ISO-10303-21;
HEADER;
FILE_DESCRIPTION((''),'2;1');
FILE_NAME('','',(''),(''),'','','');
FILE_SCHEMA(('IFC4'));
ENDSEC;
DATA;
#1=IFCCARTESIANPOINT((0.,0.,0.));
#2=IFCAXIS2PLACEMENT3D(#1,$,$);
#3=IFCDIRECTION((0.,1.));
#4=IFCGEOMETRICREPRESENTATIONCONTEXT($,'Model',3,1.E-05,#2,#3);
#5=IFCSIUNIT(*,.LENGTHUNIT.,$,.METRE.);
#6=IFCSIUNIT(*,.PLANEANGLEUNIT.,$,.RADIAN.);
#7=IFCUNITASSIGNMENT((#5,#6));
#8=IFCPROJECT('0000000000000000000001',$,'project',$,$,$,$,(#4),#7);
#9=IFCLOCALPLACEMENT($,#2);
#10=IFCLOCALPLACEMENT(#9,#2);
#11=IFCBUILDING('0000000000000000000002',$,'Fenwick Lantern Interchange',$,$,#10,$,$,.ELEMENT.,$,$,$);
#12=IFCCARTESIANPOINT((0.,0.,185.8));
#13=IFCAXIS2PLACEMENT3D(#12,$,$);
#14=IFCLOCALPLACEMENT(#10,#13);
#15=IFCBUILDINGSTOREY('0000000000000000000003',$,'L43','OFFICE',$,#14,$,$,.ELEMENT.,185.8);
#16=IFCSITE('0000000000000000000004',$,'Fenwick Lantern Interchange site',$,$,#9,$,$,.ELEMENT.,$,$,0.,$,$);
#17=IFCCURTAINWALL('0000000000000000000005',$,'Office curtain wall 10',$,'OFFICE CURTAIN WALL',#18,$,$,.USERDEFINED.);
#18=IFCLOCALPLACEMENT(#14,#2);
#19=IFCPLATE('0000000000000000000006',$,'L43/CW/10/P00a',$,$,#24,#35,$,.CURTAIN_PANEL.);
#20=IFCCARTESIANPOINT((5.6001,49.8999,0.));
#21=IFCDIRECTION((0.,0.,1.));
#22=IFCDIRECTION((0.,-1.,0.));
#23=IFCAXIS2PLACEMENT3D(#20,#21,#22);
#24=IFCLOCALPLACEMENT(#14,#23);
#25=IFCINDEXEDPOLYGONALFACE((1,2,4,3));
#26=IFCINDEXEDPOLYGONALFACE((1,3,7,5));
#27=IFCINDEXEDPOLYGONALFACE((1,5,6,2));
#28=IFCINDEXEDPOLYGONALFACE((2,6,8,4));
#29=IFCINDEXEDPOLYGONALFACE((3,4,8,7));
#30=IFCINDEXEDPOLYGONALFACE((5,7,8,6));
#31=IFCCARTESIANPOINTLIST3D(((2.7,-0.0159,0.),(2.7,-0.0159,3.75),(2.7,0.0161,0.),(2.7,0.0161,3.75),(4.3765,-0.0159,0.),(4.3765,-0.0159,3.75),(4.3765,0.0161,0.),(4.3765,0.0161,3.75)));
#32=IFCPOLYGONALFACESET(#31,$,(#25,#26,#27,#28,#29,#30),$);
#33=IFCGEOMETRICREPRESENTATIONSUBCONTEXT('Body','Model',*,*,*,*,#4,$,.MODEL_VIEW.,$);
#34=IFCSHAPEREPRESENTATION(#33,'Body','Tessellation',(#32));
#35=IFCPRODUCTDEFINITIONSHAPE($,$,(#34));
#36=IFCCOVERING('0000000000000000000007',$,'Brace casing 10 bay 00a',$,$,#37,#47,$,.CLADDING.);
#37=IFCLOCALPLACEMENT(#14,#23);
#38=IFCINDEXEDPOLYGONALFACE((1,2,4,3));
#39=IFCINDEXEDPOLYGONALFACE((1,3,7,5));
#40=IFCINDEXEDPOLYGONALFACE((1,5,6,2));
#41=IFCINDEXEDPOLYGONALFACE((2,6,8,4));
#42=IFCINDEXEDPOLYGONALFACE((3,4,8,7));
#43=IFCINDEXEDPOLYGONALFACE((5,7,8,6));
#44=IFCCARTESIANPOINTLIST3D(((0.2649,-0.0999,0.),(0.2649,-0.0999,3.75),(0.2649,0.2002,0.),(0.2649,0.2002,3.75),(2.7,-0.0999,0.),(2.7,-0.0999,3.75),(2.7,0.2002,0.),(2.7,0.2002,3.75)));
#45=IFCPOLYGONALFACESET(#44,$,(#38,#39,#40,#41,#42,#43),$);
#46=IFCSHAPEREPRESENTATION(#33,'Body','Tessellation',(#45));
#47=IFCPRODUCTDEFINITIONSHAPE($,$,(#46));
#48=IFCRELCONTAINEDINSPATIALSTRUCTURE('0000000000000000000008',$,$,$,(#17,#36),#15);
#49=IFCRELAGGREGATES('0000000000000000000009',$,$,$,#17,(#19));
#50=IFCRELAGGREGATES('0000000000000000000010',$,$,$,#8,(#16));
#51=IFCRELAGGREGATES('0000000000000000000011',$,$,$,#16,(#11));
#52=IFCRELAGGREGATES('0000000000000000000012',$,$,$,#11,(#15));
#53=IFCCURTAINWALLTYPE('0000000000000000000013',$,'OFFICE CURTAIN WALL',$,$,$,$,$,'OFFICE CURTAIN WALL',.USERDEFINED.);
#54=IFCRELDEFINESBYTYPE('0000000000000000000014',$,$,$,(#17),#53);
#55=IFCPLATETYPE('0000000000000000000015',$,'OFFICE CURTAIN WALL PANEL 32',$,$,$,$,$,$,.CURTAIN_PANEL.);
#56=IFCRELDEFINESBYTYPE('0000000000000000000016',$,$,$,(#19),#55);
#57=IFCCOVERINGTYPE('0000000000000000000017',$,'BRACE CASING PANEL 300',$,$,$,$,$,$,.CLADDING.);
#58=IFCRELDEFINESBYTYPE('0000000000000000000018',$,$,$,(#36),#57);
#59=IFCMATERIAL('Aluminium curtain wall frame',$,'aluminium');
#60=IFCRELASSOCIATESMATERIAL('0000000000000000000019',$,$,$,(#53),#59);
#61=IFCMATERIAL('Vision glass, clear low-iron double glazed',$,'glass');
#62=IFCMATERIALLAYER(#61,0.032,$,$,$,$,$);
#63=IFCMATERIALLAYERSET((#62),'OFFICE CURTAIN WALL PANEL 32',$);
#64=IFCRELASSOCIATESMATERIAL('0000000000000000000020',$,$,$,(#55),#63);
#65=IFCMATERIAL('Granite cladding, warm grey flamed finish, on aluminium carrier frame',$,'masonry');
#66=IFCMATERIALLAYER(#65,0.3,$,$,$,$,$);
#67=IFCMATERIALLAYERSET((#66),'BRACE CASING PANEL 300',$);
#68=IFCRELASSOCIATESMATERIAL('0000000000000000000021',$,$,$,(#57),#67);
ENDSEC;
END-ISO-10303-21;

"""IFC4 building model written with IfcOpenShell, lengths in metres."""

from ifc_helpers import new_model, si_unit, direction, frame, origin, place, context, subcontext, project, spatial, polyline, outline, extrude, material, layer, layer_set, type_object, element, aggregate, save


model = new_model("IFC4")

# Units and contexts
model_context = context("Model", 3, precision=1e-05, world=origin(), true_north=direction((0.0, 1.0)))
body_context = subcontext(model_context, "Body", "Model", "MODEL_VIEW")
ifc_project = project(units=[si_unit("LENGTHUNIT", "METRE"), si_unit("PLANEANGLEUNIT", "RADIAN")], contexts=[model_context])

# Site, building, storey
site_placement = place(None, origin())
site = spatial("IfcSite", under=ifc_project, at=site_placement, Name="Fenwick Lantern Interchange site", CompositionType="ELEMENT", RefElevation=0.0)
building_placement = place(site_placement, origin())
building = spatial("IfcBuilding", under=site, at=building_placement, Name="Fenwick Lantern Interchange", CompositionType="ELEMENT")
storey_placement = place(building_placement, frame((0.0, 0.0, 185.8)))
storey = spatial("IfcBuildingStorey", under=building, at=storey_placement, Name="L43", Description="OFFICE", CompositionType="ELEMENT", Elevation=185.8)

# Curtain wall
ifc_material_1 = material(Name="Aluminium curtain wall frame", Category="aluminium")
curtain_wall_type = type_object("IfcCurtainWallType", Name="OFFICE CURTAIN WALL", ElementType="OFFICE CURTAIN WALL", PredefinedType="USERDEFINED", material=ifc_material_1)
curtain_wall_1_placement = place(storey_placement, origin())
curtain_wall_1 = element("IfcCurtainWall", 1, at=curtain_wall_1_placement, inside=storey, type_object=curtain_wall_type, Name="Office curtain wall 10", ObjectType="OFFICE CURTAIN WALL", PredefinedType="USERDEFINED")

# Plate
ifc_material_2 = material(Name="Vision glass, clear low-iron double glazed", Category="glass")
ifc_layer_1 = layer(ifc_material_2, 0.032)
ifc_layer_set_1 = layer_set([ifc_layer_1], Name="OFFICE CURTAIN WALL PANEL 32")
plate_type = type_object("IfcPlateType", Name="OFFICE CURTAIN WALL PANEL 32", PredefinedType="CURTAIN_PANEL", material=ifc_layer_set_1)
plate_1_placement = place(storey_placement, frame((5.6001, 49.8999, 0.0), z_axis=(0.0, 0.0, 1.0), x_axis=(0.0, -1.0, 0.0)))
plate_1 = element("IfcPlate", 2, at=plate_1_placement, type_object=plate_type, Name="L43/CW/10/P00a", PredefinedType="CURTAIN_PANEL", context=body_context, shape_type="SweptSolid", body=[
    extrude(outline(polyline([(2.7, 0.0), (4.3765, 0.0), (4.3765, 3.75), (2.7, 3.75), (2.7, 0.0)])), frame((0.0, 0.0161, 0.0), z_axis=(0.0, -1.0, 0.0), x_axis=(1.0, 0.0, 0.0)), (0.0, 0.0, 1.0), 0.032),
])
aggregate(curtain_wall_1, [plate_1])

# Covering
ifc_material_3 = material(Name="Granite cladding, warm grey flamed finish, on aluminium carrier frame", Category="masonry")
ifc_layer_2 = layer(ifc_material_3, 0.3)
ifc_layer_set_2 = layer_set([ifc_layer_2], Name="BRACE CASING PANEL 300")
covering_type = type_object("IfcCoveringType", Name="BRACE CASING PANEL 300", PredefinedType="CLADDING", material=ifc_layer_set_2)
covering_placement = place(storey_placement, frame((5.6001, 49.8999, 0.0), z_axis=(0.0, 0.0, 1.0), x_axis=(0.0, -1.0, 0.0)))
element("IfcCovering", 3, at=covering_placement, inside=storey, type_object=covering_type, Name="Brace casing 10 bay 00a", PredefinedType="CLADDING", context=body_context, shape_type="SweptSolid", body=[
    extrude(outline(polyline([(0.2649, 0.0), (2.7, 0.0), (2.7, 3.75), (0.2649, 3.75), (0.2649, 0.0)])), frame((0.0, 0.2002, 0.0), z_axis=(0.0, -1.0, 0.0), x_axis=(1.0, 0.0, 0.0)), (0.0, 0.0, 1.0), 0.3),
])

save(model, "model.ifc")
